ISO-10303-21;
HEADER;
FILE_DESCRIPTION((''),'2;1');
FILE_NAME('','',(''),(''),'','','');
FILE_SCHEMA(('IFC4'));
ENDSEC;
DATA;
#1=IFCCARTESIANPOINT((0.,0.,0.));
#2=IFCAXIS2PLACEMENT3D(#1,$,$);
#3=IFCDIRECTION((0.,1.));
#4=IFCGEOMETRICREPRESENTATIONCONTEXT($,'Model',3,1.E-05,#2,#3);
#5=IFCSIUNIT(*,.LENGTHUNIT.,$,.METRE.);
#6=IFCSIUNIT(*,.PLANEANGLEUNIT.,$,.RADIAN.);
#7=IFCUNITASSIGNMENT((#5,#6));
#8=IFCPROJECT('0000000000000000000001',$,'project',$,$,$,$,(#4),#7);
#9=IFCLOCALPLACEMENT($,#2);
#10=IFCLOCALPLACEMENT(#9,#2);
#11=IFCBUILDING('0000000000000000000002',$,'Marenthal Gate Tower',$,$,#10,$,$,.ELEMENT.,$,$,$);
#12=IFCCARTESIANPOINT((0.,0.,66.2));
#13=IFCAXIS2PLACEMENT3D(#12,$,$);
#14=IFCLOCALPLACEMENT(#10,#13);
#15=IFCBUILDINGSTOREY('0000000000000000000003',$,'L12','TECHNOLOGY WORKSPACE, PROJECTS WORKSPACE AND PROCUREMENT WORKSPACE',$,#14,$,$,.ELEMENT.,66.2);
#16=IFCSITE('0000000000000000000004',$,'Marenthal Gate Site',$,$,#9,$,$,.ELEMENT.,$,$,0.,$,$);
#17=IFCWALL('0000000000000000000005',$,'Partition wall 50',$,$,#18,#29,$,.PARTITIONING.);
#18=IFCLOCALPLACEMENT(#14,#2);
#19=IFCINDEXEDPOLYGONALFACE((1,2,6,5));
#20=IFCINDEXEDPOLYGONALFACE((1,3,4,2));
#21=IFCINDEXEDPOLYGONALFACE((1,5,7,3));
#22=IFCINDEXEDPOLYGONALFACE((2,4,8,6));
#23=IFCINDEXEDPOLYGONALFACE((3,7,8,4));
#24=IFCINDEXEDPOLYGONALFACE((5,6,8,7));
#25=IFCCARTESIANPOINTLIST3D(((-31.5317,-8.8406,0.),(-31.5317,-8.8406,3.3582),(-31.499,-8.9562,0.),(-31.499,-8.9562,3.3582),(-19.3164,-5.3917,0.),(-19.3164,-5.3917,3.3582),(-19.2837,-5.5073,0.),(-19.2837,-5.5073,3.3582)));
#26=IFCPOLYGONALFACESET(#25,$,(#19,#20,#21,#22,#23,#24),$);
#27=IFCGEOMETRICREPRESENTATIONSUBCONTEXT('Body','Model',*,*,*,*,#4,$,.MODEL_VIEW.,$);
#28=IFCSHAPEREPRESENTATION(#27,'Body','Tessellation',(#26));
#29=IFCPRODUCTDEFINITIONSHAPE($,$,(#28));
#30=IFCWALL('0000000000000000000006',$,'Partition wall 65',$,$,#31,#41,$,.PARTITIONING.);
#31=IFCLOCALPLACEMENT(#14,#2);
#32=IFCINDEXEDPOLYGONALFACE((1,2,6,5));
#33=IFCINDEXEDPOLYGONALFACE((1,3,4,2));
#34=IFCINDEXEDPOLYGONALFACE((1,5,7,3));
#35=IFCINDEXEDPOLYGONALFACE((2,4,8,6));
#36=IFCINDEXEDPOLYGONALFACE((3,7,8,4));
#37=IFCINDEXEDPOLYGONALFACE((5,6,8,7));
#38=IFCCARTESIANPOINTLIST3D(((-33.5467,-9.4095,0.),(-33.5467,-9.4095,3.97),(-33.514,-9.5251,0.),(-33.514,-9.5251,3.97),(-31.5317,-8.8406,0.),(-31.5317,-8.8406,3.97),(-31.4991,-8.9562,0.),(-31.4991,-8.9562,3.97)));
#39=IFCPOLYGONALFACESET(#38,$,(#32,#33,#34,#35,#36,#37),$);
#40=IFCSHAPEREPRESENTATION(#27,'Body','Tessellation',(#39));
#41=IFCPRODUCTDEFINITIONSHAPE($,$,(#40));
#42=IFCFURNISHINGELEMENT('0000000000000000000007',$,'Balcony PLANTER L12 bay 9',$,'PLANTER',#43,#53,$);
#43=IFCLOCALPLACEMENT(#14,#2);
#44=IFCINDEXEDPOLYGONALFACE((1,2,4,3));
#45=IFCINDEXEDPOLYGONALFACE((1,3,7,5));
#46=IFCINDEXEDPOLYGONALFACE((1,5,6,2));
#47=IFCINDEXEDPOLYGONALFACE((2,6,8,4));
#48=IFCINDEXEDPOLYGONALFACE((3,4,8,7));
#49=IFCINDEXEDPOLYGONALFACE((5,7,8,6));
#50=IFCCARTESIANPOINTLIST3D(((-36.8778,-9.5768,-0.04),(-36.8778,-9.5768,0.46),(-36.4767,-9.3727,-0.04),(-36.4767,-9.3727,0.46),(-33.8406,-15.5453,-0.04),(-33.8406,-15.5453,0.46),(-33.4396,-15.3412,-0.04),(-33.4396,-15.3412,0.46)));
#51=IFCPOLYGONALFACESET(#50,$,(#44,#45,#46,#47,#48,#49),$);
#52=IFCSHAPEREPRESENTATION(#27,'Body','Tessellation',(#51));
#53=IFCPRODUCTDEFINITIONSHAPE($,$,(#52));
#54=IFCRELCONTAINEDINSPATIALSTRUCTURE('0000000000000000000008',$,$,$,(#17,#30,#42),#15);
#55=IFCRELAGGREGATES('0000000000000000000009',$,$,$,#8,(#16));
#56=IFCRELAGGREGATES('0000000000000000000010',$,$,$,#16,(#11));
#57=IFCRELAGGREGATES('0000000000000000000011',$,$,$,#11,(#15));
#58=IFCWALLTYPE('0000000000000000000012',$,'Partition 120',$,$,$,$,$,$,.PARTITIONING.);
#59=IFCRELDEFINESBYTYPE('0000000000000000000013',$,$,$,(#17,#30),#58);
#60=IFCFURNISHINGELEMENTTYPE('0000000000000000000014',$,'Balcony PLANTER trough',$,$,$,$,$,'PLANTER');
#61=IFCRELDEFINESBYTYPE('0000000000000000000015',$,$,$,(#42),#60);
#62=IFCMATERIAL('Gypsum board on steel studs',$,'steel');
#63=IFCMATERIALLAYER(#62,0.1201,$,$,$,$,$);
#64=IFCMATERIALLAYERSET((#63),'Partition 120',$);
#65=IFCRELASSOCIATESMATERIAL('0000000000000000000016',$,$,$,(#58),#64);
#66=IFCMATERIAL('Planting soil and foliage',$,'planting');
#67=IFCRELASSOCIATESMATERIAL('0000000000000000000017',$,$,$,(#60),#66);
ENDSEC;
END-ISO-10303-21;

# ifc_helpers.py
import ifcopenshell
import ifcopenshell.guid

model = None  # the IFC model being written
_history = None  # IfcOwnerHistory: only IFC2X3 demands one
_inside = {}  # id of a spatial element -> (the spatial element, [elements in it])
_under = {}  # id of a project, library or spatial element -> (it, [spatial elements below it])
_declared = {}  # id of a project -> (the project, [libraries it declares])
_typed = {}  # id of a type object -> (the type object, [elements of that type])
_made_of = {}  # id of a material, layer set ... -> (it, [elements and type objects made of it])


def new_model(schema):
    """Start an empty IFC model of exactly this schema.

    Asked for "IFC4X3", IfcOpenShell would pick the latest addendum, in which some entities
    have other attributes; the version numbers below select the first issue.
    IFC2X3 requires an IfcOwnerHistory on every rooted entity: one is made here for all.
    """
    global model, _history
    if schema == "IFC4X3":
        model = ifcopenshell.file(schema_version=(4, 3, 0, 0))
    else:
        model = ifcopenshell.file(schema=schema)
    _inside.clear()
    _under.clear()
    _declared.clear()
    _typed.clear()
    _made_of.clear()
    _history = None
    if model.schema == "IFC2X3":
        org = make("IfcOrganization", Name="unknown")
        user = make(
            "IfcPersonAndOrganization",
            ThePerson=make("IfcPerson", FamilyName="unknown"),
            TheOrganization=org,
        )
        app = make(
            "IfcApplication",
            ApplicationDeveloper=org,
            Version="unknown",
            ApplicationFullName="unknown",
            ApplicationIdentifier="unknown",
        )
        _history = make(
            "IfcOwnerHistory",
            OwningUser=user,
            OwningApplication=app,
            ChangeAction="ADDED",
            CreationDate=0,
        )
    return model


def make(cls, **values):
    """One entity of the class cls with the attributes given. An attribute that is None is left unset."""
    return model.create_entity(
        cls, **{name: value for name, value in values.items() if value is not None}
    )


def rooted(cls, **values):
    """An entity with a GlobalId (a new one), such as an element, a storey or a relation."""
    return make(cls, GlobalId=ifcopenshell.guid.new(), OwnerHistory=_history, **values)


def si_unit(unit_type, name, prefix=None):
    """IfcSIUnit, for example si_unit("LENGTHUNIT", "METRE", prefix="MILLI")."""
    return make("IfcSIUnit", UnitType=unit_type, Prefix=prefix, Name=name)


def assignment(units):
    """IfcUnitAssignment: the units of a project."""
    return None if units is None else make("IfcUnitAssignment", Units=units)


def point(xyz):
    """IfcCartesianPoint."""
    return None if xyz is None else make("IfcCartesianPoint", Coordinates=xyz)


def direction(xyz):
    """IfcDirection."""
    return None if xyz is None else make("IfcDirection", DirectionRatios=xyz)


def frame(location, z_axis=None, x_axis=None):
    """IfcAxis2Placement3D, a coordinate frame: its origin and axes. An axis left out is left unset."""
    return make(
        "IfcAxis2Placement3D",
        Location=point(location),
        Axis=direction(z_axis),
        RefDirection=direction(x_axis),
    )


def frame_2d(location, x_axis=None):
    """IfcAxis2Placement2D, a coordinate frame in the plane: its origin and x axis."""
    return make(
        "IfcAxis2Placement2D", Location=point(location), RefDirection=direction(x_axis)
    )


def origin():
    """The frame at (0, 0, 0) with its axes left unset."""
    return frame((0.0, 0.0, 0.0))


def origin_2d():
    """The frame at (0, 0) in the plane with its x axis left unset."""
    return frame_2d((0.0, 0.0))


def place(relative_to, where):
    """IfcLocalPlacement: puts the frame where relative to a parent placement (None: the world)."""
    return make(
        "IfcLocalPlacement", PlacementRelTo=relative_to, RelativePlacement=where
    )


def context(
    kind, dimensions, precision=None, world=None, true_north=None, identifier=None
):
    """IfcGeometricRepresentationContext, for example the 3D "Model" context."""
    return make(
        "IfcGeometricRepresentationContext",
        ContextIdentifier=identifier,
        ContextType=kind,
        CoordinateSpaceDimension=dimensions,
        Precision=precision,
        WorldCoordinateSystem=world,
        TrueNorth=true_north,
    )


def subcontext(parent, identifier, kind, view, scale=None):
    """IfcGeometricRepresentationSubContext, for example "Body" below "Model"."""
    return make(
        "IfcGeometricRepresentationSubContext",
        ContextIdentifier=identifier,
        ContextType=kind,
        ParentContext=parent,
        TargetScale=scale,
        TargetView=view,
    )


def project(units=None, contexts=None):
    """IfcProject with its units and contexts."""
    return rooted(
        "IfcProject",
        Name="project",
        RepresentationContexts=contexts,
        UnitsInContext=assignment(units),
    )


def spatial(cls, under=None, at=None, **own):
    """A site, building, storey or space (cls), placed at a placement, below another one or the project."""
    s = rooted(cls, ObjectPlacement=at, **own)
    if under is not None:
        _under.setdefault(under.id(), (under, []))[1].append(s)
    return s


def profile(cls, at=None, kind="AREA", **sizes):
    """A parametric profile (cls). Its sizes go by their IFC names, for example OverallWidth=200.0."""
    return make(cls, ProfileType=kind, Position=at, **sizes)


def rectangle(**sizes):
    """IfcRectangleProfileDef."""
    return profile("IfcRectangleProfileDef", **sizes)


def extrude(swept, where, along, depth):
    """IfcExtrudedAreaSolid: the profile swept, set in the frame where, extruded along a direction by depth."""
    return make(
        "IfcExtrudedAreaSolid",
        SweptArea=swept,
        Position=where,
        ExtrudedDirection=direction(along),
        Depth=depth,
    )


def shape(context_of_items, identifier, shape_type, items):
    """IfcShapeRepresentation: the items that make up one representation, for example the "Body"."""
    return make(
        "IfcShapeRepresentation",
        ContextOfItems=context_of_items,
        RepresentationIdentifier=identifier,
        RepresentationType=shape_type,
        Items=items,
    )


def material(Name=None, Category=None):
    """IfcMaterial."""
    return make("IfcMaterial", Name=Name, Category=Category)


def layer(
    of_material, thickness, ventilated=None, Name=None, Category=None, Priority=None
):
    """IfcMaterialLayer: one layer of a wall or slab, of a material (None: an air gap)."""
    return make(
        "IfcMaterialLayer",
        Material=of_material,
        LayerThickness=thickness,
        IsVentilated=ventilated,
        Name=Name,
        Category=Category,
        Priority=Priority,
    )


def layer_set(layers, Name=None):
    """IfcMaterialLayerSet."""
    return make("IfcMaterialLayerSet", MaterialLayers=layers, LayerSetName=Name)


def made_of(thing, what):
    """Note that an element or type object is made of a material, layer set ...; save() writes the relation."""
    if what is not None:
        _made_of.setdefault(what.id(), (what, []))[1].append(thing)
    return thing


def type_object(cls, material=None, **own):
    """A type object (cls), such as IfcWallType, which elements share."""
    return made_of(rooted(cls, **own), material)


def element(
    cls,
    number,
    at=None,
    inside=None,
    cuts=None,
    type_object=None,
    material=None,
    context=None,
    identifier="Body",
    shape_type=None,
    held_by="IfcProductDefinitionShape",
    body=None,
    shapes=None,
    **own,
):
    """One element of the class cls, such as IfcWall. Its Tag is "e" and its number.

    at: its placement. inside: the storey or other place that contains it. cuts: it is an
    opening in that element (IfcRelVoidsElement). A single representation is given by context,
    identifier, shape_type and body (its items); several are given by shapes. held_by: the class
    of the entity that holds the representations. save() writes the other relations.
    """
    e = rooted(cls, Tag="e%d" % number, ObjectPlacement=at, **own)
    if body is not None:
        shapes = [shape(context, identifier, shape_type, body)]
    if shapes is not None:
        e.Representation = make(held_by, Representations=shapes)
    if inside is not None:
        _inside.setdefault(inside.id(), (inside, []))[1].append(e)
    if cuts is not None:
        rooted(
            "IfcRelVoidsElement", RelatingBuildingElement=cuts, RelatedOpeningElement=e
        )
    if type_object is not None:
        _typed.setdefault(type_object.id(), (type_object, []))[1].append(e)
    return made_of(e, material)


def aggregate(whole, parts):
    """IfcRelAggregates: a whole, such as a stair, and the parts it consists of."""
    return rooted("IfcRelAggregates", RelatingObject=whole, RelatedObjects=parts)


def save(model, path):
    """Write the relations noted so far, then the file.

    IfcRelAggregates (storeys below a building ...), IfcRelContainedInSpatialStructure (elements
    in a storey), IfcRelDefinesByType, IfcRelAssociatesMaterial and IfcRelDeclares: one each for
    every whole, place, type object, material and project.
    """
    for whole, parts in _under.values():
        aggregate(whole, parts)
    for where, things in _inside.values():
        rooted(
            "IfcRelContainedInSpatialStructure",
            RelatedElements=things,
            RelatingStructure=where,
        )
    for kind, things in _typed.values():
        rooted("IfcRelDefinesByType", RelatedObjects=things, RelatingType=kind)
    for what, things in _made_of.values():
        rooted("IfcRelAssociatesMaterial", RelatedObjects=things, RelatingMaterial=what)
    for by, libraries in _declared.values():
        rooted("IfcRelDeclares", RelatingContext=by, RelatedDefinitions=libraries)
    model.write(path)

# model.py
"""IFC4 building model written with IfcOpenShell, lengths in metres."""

from ifc_helpers import new_model, si_unit, direction, frame, frame_2d, origin, origin_2d, place, context, subcontext, project, spatial, rectangle, extrude, material, layer, layer_set, type_object, element, save


model = new_model("IFC4")

# Units and contexts
model_context = context("Model", 3, precision=1e-05, world=origin(), true_north=direction((0.0, 1.0)))
body_context = subcontext(model_context, "Body", "Model", "MODEL_VIEW")
ifc_project = project(units=[si_unit("LENGTHUNIT", "METRE"), si_unit("PLANEANGLEUNIT", "RADIAN")], contexts=[model_context])

# Site, building, storey
site_placement = place(None, origin())
site = spatial("IfcSite", under=ifc_project, at=site_placement, Name="Marenthal Gate Site", CompositionType="ELEMENT", RefElevation=0.0)
building_placement = place(site_placement, origin())
building = spatial("IfcBuilding", under=site, at=building_placement, Name="Marenthal Gate Tower", CompositionType="ELEMENT")
storey_placement = place(building_placement, frame((0.0, 0.0, 66.2)))
storey = spatial("IfcBuildingStorey", under=building, at=storey_placement, Name="L12", Description="TECHNOLOGY WORKSPACE, PROJECTS WORKSPACE AND PROCUREMENT WORKSPACE", CompositionType="ELEMENT", Elevation=66.2)

# Walls
ifc_material_1 = material(Name="Gypsum board on steel studs", Category="steel")
ifc_layer_1 = layer(ifc_material_1, 0.1201)
ifc_layer_set_1 = layer_set([ifc_layer_1], Name="Partition 120")
wall_type_1 = type_object("IfcWallType", Name="Partition 120", PredefinedType="PARTITIONING", material=ifc_layer_set_1)
wall_1_placement = place(storey_placement, frame((-19.3, -5.4495, 0.0), z_axis=(0.0, 0.0, 1.0), x_axis=(-0.962375, -0.271725, 0.0)))
element("IfcWall", 1, at=wall_1_placement, inside=storey, type_object=wall_type_1, Name="Partition wall 50", PredefinedType="PARTITIONING", context=body_context, shape_type="SweptSolid", body=[
    extrude(rectangle(XDim=12.6929, YDim=0.1201, at=frame_2d((6.3464, 0.0))), origin(), (0.0, 0.0, 1.0), 3.3582),
])
wall_2_placement = place(storey_placement, frame((-31.5154, -8.8984, 0.0), z_axis=(0.0, 0.0, 1.0), x_axis=(-0.962382, -0.271701, 0.0)))
element("IfcWall", 2, at=wall_2_placement, inside=storey, type_object=wall_type_1, Name="Partition wall 65", PredefinedType="PARTITIONING", context=body_context, shape_type="SweptSolid", body=[
    extrude(rectangle(XDim=2.0938, YDim=0.1201, at=frame_2d((1.0469, 0.0))), origin(), (0.0, 0.0, 1.0), 3.97),
])

# Furnishing element
ifc_material_2 = material(Name="Planting soil and foliage", Category="planting")
furnishing_element_type = type_object("IfcFurnishingElementType", Name="Balcony PLANTER trough", ElementType="PLANTER", material=ifc_material_2)
furnishing_placement = place(storey_placement, frame((-35.1587, -12.459, -0.04), z_axis=(0.0, 0.0, 1.0), x_axis=(0.453518, -0.891247, 0.0)))
element("IfcFurnishingElement", 3, at=furnishing_placement, inside=storey, type_object=furnishing_element_type, Name="Balcony PLANTER L12 bay 9", ObjectType="PLANTER", context=body_context, shape_type="SweptSolid", body=[
    extrude(rectangle(XDim=6.6968, YDim=0.45, at=origin_2d()), origin(), (0.0, 0.0, 1.0), 0.5),
])

save(model, "model.ifc")
